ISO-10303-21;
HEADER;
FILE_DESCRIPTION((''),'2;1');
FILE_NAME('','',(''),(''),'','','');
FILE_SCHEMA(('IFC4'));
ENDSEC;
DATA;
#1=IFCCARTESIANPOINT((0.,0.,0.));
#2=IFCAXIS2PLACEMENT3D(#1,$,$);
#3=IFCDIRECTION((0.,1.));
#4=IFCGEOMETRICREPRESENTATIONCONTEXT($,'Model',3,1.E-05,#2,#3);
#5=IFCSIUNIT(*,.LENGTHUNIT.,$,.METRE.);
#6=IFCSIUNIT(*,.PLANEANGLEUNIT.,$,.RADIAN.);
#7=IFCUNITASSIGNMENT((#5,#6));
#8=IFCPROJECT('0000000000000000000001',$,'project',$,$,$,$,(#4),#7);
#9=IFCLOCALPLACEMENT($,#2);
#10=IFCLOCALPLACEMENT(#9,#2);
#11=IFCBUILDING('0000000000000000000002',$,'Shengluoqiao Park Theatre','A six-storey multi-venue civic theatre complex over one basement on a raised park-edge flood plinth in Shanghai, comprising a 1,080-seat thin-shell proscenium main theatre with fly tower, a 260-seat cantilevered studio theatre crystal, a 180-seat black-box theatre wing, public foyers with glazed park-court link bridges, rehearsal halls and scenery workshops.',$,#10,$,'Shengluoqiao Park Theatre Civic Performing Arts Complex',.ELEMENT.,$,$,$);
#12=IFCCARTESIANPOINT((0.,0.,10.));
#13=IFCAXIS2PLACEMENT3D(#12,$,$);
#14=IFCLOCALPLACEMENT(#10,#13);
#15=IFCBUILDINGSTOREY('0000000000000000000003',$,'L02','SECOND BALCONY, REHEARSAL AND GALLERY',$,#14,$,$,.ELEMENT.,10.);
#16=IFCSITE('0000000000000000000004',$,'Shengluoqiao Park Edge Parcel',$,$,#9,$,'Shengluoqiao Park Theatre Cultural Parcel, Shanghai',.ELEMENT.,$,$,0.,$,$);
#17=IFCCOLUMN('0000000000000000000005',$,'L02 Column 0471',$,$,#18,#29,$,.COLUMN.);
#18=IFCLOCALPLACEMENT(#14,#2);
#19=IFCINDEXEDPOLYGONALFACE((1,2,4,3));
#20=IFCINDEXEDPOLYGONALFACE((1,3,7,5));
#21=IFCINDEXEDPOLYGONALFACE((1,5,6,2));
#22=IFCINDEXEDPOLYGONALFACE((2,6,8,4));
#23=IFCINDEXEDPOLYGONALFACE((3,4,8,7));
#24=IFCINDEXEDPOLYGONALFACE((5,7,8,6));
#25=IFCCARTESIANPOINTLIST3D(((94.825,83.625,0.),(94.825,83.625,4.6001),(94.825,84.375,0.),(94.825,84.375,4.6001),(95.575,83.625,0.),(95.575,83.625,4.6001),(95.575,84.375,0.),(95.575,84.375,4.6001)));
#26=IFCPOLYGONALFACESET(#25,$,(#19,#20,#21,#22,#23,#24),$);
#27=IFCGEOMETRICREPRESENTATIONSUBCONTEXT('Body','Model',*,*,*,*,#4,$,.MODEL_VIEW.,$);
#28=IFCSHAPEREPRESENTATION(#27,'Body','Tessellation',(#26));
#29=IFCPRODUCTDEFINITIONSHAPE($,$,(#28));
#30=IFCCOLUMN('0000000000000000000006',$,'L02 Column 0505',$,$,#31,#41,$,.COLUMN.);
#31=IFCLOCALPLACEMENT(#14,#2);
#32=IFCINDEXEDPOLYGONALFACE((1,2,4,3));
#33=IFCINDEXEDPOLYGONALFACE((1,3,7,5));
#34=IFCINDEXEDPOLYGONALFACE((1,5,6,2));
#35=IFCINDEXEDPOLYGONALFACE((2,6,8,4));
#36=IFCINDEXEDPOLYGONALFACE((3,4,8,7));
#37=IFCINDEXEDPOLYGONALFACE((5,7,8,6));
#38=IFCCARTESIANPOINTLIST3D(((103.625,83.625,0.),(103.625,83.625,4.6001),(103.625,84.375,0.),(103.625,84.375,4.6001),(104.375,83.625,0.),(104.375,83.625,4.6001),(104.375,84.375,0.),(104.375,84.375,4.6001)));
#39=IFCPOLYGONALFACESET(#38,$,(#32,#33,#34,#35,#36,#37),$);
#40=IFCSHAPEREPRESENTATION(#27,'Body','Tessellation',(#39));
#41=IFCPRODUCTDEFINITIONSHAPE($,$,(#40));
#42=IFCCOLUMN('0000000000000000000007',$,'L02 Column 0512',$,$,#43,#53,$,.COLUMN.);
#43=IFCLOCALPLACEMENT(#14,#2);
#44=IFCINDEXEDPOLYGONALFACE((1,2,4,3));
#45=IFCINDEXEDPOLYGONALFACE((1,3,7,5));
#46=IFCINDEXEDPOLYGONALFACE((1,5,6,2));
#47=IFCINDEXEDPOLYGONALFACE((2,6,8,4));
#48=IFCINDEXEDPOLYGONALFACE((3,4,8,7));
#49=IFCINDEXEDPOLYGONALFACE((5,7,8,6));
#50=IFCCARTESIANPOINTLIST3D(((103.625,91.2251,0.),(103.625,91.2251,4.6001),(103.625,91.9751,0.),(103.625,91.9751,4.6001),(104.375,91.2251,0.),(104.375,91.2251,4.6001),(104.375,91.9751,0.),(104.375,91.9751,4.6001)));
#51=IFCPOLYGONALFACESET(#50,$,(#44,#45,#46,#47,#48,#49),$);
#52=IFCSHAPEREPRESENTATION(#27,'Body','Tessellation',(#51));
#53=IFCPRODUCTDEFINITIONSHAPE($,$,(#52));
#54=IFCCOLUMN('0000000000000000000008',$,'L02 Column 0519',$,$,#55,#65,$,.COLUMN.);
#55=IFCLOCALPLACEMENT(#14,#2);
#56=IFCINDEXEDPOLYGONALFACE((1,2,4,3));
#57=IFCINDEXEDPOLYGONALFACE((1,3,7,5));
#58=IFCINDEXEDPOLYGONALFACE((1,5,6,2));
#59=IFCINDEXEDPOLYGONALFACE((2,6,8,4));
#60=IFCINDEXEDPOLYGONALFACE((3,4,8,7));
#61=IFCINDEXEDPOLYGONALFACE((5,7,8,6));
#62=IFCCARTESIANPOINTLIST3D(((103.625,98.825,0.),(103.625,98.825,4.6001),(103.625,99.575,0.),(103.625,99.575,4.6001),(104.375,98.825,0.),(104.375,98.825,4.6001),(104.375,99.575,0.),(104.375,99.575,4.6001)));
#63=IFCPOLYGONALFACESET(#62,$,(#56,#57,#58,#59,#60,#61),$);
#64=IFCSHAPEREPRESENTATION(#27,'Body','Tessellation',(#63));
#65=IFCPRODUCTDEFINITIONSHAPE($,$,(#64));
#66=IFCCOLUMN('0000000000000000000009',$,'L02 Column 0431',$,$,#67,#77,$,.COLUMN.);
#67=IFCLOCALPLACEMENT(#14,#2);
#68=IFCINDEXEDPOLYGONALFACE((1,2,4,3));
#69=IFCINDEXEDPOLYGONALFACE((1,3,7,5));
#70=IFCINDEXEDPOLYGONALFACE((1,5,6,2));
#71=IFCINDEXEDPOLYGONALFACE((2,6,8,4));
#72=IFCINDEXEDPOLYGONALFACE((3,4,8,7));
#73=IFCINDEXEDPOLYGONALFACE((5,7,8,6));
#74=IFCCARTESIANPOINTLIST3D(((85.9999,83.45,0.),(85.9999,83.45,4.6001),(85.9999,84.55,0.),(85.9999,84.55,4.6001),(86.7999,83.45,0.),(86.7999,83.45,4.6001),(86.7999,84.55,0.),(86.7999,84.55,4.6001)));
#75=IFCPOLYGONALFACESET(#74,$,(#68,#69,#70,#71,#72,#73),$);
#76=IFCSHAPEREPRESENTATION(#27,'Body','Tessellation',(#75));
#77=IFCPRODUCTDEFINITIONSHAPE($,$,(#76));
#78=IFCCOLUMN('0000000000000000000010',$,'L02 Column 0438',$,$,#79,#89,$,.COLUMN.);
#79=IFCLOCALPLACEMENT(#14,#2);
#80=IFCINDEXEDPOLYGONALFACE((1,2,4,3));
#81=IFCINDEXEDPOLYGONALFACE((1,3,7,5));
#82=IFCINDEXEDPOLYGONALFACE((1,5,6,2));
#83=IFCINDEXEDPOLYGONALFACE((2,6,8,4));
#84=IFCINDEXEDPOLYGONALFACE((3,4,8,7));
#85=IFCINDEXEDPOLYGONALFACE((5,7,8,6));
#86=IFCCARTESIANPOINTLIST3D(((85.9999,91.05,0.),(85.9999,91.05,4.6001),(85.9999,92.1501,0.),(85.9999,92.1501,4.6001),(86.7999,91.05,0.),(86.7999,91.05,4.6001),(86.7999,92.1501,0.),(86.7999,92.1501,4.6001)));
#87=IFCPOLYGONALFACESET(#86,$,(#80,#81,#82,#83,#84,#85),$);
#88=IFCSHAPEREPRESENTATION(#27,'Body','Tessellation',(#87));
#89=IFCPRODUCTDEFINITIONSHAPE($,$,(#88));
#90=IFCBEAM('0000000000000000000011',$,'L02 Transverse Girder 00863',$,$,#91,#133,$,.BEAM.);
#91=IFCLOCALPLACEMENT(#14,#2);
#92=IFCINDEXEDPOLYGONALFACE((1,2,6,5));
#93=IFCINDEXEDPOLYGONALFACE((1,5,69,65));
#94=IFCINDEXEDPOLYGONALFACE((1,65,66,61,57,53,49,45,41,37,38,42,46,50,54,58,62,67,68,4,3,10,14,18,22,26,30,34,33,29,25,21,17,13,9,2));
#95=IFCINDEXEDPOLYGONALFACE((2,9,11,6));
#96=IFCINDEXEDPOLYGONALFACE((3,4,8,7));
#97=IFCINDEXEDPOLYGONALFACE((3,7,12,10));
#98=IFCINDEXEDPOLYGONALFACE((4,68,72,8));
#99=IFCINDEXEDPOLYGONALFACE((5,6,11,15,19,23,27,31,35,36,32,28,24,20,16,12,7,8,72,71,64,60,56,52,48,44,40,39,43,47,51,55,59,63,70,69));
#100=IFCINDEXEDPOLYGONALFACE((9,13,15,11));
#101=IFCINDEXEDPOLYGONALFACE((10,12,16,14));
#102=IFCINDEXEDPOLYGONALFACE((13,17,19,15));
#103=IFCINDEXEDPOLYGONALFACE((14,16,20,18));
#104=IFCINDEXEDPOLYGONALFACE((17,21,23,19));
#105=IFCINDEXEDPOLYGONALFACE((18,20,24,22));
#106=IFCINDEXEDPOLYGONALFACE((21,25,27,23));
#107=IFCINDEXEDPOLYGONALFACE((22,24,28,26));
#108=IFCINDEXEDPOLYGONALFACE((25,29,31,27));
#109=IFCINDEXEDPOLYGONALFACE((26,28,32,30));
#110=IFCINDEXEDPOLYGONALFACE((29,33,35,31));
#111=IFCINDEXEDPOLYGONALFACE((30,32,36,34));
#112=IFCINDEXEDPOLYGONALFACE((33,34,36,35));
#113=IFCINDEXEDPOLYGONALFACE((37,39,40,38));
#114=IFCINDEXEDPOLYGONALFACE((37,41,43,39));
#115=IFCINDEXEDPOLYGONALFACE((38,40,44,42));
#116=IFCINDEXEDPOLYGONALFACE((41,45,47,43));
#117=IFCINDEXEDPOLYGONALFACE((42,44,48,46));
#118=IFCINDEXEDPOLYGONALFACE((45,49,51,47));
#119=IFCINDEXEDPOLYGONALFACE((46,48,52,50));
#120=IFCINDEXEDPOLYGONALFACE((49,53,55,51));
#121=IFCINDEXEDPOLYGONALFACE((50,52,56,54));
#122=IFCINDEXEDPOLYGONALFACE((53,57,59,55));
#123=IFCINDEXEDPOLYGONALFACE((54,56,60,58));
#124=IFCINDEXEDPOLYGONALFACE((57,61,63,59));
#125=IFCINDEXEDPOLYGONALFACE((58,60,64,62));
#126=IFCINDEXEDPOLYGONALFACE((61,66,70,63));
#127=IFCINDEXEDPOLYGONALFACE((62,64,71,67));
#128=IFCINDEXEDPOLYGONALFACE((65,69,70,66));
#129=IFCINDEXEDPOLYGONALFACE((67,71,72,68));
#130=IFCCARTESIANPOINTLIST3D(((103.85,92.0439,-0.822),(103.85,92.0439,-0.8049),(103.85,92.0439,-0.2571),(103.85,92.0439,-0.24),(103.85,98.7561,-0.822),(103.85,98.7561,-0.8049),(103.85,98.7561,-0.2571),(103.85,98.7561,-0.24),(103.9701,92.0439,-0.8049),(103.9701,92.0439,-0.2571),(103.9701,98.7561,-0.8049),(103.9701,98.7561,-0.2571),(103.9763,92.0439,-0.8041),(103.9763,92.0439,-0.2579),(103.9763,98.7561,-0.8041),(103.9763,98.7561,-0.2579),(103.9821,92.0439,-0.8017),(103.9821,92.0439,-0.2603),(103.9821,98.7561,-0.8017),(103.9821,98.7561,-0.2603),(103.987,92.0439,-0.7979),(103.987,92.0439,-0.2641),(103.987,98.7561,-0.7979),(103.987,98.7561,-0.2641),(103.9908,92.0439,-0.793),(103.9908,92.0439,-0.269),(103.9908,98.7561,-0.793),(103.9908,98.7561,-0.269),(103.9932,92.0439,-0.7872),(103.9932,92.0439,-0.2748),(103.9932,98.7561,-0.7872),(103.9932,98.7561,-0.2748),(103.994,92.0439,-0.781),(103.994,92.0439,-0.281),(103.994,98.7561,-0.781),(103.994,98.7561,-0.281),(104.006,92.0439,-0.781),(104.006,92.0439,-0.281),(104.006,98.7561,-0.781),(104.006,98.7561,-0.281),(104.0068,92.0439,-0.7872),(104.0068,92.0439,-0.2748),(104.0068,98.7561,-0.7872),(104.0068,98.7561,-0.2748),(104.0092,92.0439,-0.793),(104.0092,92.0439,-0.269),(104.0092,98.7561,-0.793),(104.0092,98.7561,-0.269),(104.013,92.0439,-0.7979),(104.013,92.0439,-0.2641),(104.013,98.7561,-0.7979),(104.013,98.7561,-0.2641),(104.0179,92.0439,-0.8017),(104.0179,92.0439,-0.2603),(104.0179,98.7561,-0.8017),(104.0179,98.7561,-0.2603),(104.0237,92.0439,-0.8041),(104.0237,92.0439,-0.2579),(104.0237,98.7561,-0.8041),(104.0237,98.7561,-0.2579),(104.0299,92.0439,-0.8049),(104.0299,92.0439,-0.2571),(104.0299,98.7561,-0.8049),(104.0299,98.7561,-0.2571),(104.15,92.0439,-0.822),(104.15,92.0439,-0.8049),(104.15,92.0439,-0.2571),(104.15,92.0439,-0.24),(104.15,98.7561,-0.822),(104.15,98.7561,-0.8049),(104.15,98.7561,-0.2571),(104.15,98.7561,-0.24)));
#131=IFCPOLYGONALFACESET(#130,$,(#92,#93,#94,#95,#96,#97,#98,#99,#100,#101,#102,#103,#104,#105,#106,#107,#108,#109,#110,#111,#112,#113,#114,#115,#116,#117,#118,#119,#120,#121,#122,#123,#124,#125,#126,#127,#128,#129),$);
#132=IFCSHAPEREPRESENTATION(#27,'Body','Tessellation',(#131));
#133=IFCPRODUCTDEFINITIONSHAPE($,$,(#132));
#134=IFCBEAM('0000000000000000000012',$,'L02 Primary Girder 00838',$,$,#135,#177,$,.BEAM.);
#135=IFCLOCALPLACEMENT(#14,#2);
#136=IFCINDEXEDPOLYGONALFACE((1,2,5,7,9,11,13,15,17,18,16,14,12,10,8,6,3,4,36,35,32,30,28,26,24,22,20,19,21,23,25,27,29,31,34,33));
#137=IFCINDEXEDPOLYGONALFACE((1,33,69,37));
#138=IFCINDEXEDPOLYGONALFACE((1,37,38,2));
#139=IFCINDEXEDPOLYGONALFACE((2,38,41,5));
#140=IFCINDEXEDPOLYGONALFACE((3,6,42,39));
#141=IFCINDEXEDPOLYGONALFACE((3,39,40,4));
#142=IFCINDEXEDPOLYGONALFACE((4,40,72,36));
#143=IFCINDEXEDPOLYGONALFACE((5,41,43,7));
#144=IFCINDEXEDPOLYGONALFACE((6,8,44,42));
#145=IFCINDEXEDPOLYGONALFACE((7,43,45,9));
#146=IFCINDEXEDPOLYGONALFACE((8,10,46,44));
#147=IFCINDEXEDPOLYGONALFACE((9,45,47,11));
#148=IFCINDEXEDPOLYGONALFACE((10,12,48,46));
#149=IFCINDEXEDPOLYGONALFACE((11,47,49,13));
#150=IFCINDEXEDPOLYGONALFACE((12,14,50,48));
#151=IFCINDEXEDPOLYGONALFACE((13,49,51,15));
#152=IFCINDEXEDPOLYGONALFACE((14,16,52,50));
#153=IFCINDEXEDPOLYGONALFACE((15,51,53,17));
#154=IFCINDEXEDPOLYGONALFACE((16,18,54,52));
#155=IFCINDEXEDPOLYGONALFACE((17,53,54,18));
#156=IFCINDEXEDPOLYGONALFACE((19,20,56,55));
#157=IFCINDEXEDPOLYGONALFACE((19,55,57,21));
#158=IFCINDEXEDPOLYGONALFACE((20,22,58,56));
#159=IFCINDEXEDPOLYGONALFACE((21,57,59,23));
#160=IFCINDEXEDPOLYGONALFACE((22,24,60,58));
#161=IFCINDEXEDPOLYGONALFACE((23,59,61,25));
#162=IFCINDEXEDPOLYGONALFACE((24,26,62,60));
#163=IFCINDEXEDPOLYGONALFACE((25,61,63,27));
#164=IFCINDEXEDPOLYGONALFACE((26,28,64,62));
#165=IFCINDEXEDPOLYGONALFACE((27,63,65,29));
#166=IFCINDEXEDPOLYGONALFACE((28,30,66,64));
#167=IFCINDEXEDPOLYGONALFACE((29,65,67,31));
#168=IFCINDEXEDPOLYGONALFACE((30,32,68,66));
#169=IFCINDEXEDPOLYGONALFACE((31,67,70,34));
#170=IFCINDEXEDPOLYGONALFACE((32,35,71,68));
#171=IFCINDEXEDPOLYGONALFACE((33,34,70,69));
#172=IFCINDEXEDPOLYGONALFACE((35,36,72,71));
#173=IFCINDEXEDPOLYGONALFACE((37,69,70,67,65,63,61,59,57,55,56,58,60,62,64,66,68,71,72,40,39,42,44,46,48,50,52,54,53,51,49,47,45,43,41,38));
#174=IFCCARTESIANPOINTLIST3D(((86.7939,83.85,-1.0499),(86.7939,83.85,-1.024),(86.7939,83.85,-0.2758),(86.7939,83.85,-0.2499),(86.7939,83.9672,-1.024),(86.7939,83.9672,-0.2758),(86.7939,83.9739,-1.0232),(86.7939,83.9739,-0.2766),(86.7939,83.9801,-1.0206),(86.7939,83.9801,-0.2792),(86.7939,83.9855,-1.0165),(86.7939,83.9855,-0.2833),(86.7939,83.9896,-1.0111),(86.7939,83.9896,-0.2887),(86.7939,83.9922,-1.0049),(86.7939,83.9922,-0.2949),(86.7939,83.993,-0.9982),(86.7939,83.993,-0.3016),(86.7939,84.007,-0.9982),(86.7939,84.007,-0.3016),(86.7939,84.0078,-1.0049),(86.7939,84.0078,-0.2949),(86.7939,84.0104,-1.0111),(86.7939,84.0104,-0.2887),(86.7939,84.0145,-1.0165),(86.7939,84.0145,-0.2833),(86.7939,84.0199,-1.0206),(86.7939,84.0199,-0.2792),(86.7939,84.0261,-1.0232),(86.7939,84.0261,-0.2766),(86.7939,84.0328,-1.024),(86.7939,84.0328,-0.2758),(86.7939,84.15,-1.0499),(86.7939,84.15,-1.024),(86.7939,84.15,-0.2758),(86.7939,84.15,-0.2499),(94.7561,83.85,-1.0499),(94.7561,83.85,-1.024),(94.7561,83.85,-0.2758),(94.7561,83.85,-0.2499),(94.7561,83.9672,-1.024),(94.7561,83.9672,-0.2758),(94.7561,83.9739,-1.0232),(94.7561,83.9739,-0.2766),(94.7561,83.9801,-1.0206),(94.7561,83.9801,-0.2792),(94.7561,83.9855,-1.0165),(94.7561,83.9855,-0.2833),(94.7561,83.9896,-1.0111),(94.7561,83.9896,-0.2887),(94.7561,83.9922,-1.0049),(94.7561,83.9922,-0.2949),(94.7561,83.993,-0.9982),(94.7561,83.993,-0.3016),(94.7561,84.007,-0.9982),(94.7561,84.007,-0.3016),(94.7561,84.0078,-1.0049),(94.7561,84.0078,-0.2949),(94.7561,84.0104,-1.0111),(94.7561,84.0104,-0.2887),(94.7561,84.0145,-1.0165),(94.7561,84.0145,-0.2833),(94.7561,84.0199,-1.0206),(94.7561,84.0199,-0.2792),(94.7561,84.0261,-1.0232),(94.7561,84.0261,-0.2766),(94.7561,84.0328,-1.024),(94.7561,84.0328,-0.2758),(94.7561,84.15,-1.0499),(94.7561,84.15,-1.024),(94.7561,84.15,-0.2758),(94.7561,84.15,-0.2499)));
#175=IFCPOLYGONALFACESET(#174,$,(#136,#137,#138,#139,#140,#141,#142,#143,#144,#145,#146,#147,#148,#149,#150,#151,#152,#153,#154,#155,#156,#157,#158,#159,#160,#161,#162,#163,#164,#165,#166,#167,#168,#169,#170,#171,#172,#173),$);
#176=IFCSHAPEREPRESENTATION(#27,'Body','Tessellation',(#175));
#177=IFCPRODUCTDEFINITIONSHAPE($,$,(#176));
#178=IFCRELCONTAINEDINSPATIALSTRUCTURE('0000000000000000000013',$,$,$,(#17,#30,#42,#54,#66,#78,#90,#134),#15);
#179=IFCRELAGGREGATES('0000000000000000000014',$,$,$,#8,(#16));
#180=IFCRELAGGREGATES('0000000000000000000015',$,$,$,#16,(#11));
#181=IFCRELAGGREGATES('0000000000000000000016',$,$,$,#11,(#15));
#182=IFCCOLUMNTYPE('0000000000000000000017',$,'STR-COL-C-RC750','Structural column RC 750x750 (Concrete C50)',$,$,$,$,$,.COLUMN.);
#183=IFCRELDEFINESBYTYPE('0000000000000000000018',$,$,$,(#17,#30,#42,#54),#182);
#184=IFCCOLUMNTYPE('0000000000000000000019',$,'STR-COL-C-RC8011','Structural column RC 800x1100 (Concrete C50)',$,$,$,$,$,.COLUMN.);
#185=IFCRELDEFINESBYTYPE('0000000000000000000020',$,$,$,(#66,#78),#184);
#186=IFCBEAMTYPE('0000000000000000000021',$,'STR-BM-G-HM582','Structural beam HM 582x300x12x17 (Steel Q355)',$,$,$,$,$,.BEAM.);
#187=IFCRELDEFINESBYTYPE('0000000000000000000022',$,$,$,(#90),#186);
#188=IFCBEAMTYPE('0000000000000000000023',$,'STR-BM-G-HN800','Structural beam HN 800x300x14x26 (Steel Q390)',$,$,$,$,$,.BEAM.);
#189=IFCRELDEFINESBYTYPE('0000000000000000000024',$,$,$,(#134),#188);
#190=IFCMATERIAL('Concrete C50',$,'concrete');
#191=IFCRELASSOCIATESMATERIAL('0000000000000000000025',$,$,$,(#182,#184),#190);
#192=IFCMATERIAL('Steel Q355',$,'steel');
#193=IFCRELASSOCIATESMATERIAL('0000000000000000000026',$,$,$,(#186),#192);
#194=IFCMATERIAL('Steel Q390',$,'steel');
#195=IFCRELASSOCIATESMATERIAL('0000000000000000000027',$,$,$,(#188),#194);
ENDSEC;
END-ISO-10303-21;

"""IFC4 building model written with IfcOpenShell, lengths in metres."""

from ifc_helpers import new_model, si_unit, direction, frame, origin, origin_2d, place, context, subcontext, project, spatial, rectangle, i_section, extrude, material, material_profile, profile_set, type_object, element, save


model = new_model("IFC4")

# Units and contexts
model_context = context("Model", 3, precision=1e-05, world=origin(), true_north=direction((0.0, 1.0)))
body_context = subcontext(model_context, "Body", "Model", "MODEL_VIEW")
ifc_project = project(units=[si_unit("LENGTHUNIT", "METRE"), si_unit("PLANEANGLEUNIT", "RADIAN")], contexts=[model_context])

# Site, building, storey
site_placement = place(None, origin())
site = spatial("IfcSite", under=ifc_project, at=site_placement, Name="Shengluoqiao Park Edge Parcel", LongName="Shengluoqiao Park Theatre Cultural Parcel, Shanghai", CompositionType="ELEMENT", RefElevation=0.0)
building_placement = place(site_placement, origin())
building = spatial("IfcBuilding", under=site, at=building_placement, Name="Shengluoqiao Park Theatre", Description="A six-storey multi-venue civic theatre complex over one basement on a raised park-edge flood plinth in Shanghai, comprising a 1,080-seat thin-shell proscenium main theatre with fly tower, a 260-seat cantilevered studio theatre crystal, a 180-seat black-box theatre wing, public foyers with glazed park-court link bridges, rehearsal halls and scenery workshops.", LongName="Shengluoqiao Park Theatre Civic Performing Arts Complex", CompositionType="ELEMENT")
storey_placement = place(building_placement, frame((0.0, 0.0, 10.0)))
storey = spatial("IfcBuildingStorey", under=building, at=storey_placement, Name="L02", Description="SECOND BALCONY, REHEARSAL AND GALLERY", CompositionType="ELEMENT", Elevation=10.0)

# Columns
ifc_material_1 = material(Name="Concrete C50", Category="concrete")
ifc_material_profile_1 = material_profile(ifc_material_1, rectangle(XDim=0.75, YDim=0.75, at=origin_2d()), Name="RC 750x750")
ifc_profile_set_1 = profile_set([ifc_material_profile_1], Name="Concrete C50")
column_type_1 = type_object("IfcColumnType", Name="STR-COL-C-RC750", Description="Structural column RC 750x750 (Concrete C50)", PredefinedType="COLUMN", material=ifc_profile_set_1)
for number, where, z_axis, x_axis, name in (
    (1, (95.2, 84.0, 0.0), (0.0, 0.0, 1.0), (1.0, 0.0, 0.0), "L02 Column 0471"),
    (2, (104.0, 84.0, 0.0), (0.0, 0.0, 1.0), (1.0, 0.0, 0.0), "L02 Column 0505"),
    (3, (104.0, 91.6001, 0.0), (0.0, 0.0, 1.0), (1.0, 0.0, 0.0), "L02 Column 0512"),
    (4, (104.0, 99.2, 0.0), (0.0, 0.0, 1.0), (1.0, 0.0, 0.0), "L02 Column 0519"),
):
    element("IfcColumn", number, at=place(storey_placement, frame(where, z_axis=z_axis, x_axis=x_axis)), inside=storey, type_object=column_type_1, Name=name, PredefinedType="COLUMN", context=body_context, shape_type="SweptSolid", body=[
        extrude(rectangle(XDim=0.75, YDim=0.75, at=origin_2d()), origin(), (0.0, 0.0, 1.0), 4.6001),
    ])
ifc_material_profile_2 = material_profile(ifc_material_1, rectangle(XDim=0.8, YDim=1.1001, at=origin_2d()), Name="RC 800x1100")
ifc_profile_set_2 = profile_set([ifc_material_profile_2], Name="Concrete C50")
column_type_2 = type_object("IfcColumnType", Name="STR-COL-C-RC8011", Description="Structural column RC 800x1100 (Concrete C50)", PredefinedType="COLUMN", material=ifc_profile_set_2)
for number, where, z_axis, x_axis, name in (
    (5, (86.3999, 84.0, 0.0), (0.0, 0.0, 1.0), (1.0, 0.0, 0.0), "L02 Column 0431"),
    (6, (86.3999, 91.6001, 0.0), (0.0, 0.0, 1.0), (1.0, 0.0, 0.0), "L02 Column 0438"),
):
    element("IfcColumn", number, at=place(storey_placement, frame(where, z_axis=z_axis, x_axis=x_axis)), inside=storey, type_object=column_type_2, Name=name, PredefinedType="COLUMN", context=body_context, shape_type="SweptSolid", body=[
        extrude(rectangle(XDim=0.8, YDim=1.1001, at=origin_2d()), origin(), (0.0, 0.0, 1.0), 4.6001),
    ])

# Beams
ifc_material_2 = material(Name="Steel Q355", Category="steel")
ifc_material_profile_3 = material_profile(ifc_material_2, i_section(OverallWidth=0.3, OverallDepth=0.582, WebThickness=0.012, FlangeThickness=0.0171, FilletRadius=0.0239, at=origin_2d()), Name="HM 582x300x12x17")
ifc_profile_set_3 = profile_set([ifc_material_profile_3], Name="Steel Q355")
beam_type_1 = type_object("IfcBeamType", Name="STR-BM-G-HM582", Description="Structural beam HM 582x300x12x17 (Steel Q355)", PredefinedType="BEAM", material=ifc_profile_set_3)
beam_1_placement = place(storey_placement, frame((104.0, 92.0439, -0.531), z_axis=(0.0, 1.0, 0.0), x_axis=(-1.0, 0.0, 0.0)))
element("IfcBeam", 7, at=beam_1_placement, inside=storey, type_object=beam_type_1, Name="L02 Transverse Girder 00863", PredefinedType="BEAM", context=body_context, shape_type="SweptSolid", body=[
    extrude(i_section(OverallWidth=0.3, OverallDepth=0.582, WebThickness=0.012, FlangeThickness=0.0171, FilletRadius=0.0239, at=origin_2d()), origin(), (0.0, 0.0, 1.0), 6.7122),
])
ifc_material_3 = material(Name="Steel Q390", Category="steel")
ifc_material_profile_4 = material_profile(ifc_material_3, i_section(OverallWidth=0.3, OverallDepth=0.8, WebThickness=0.0139, FlangeThickness=0.0259, FilletRadius=0.0259, at=origin_2d()), Name="HN 800x300x14x26")
ifc_profile_set_4 = profile_set([ifc_material_profile_4], Name="Steel Q390")
beam_type_2 = type_object("IfcBeamType", Name="STR-BM-G-HN800", Description="Structural beam HN 800x300x14x26 (Steel Q390)", PredefinedType="BEAM", material=ifc_profile_set_4)
beam_2_placement = place(storey_placement, frame((86.7939, 84.0, -0.6499), z_axis=(1.0, 0.0, 0.0), x_axis=(0.0, 1.0, 0.0)))
element("IfcBeam", 8, at=beam_2_placement, inside=storey, type_object=beam_type_2, Name="L02 Primary Girder 00838", PredefinedType="BEAM", context=body_context, shape_type="SweptSolid", body=[
    extrude(i_section(OverallWidth=0.3, OverallDepth=0.8, WebThickness=0.0139, FlangeThickness=0.0259, FilletRadius=0.0259, at=origin_2d()), origin(), (0.0, 0.0, 1.0), 7.9622),
])

save(model, "model.ifc")
